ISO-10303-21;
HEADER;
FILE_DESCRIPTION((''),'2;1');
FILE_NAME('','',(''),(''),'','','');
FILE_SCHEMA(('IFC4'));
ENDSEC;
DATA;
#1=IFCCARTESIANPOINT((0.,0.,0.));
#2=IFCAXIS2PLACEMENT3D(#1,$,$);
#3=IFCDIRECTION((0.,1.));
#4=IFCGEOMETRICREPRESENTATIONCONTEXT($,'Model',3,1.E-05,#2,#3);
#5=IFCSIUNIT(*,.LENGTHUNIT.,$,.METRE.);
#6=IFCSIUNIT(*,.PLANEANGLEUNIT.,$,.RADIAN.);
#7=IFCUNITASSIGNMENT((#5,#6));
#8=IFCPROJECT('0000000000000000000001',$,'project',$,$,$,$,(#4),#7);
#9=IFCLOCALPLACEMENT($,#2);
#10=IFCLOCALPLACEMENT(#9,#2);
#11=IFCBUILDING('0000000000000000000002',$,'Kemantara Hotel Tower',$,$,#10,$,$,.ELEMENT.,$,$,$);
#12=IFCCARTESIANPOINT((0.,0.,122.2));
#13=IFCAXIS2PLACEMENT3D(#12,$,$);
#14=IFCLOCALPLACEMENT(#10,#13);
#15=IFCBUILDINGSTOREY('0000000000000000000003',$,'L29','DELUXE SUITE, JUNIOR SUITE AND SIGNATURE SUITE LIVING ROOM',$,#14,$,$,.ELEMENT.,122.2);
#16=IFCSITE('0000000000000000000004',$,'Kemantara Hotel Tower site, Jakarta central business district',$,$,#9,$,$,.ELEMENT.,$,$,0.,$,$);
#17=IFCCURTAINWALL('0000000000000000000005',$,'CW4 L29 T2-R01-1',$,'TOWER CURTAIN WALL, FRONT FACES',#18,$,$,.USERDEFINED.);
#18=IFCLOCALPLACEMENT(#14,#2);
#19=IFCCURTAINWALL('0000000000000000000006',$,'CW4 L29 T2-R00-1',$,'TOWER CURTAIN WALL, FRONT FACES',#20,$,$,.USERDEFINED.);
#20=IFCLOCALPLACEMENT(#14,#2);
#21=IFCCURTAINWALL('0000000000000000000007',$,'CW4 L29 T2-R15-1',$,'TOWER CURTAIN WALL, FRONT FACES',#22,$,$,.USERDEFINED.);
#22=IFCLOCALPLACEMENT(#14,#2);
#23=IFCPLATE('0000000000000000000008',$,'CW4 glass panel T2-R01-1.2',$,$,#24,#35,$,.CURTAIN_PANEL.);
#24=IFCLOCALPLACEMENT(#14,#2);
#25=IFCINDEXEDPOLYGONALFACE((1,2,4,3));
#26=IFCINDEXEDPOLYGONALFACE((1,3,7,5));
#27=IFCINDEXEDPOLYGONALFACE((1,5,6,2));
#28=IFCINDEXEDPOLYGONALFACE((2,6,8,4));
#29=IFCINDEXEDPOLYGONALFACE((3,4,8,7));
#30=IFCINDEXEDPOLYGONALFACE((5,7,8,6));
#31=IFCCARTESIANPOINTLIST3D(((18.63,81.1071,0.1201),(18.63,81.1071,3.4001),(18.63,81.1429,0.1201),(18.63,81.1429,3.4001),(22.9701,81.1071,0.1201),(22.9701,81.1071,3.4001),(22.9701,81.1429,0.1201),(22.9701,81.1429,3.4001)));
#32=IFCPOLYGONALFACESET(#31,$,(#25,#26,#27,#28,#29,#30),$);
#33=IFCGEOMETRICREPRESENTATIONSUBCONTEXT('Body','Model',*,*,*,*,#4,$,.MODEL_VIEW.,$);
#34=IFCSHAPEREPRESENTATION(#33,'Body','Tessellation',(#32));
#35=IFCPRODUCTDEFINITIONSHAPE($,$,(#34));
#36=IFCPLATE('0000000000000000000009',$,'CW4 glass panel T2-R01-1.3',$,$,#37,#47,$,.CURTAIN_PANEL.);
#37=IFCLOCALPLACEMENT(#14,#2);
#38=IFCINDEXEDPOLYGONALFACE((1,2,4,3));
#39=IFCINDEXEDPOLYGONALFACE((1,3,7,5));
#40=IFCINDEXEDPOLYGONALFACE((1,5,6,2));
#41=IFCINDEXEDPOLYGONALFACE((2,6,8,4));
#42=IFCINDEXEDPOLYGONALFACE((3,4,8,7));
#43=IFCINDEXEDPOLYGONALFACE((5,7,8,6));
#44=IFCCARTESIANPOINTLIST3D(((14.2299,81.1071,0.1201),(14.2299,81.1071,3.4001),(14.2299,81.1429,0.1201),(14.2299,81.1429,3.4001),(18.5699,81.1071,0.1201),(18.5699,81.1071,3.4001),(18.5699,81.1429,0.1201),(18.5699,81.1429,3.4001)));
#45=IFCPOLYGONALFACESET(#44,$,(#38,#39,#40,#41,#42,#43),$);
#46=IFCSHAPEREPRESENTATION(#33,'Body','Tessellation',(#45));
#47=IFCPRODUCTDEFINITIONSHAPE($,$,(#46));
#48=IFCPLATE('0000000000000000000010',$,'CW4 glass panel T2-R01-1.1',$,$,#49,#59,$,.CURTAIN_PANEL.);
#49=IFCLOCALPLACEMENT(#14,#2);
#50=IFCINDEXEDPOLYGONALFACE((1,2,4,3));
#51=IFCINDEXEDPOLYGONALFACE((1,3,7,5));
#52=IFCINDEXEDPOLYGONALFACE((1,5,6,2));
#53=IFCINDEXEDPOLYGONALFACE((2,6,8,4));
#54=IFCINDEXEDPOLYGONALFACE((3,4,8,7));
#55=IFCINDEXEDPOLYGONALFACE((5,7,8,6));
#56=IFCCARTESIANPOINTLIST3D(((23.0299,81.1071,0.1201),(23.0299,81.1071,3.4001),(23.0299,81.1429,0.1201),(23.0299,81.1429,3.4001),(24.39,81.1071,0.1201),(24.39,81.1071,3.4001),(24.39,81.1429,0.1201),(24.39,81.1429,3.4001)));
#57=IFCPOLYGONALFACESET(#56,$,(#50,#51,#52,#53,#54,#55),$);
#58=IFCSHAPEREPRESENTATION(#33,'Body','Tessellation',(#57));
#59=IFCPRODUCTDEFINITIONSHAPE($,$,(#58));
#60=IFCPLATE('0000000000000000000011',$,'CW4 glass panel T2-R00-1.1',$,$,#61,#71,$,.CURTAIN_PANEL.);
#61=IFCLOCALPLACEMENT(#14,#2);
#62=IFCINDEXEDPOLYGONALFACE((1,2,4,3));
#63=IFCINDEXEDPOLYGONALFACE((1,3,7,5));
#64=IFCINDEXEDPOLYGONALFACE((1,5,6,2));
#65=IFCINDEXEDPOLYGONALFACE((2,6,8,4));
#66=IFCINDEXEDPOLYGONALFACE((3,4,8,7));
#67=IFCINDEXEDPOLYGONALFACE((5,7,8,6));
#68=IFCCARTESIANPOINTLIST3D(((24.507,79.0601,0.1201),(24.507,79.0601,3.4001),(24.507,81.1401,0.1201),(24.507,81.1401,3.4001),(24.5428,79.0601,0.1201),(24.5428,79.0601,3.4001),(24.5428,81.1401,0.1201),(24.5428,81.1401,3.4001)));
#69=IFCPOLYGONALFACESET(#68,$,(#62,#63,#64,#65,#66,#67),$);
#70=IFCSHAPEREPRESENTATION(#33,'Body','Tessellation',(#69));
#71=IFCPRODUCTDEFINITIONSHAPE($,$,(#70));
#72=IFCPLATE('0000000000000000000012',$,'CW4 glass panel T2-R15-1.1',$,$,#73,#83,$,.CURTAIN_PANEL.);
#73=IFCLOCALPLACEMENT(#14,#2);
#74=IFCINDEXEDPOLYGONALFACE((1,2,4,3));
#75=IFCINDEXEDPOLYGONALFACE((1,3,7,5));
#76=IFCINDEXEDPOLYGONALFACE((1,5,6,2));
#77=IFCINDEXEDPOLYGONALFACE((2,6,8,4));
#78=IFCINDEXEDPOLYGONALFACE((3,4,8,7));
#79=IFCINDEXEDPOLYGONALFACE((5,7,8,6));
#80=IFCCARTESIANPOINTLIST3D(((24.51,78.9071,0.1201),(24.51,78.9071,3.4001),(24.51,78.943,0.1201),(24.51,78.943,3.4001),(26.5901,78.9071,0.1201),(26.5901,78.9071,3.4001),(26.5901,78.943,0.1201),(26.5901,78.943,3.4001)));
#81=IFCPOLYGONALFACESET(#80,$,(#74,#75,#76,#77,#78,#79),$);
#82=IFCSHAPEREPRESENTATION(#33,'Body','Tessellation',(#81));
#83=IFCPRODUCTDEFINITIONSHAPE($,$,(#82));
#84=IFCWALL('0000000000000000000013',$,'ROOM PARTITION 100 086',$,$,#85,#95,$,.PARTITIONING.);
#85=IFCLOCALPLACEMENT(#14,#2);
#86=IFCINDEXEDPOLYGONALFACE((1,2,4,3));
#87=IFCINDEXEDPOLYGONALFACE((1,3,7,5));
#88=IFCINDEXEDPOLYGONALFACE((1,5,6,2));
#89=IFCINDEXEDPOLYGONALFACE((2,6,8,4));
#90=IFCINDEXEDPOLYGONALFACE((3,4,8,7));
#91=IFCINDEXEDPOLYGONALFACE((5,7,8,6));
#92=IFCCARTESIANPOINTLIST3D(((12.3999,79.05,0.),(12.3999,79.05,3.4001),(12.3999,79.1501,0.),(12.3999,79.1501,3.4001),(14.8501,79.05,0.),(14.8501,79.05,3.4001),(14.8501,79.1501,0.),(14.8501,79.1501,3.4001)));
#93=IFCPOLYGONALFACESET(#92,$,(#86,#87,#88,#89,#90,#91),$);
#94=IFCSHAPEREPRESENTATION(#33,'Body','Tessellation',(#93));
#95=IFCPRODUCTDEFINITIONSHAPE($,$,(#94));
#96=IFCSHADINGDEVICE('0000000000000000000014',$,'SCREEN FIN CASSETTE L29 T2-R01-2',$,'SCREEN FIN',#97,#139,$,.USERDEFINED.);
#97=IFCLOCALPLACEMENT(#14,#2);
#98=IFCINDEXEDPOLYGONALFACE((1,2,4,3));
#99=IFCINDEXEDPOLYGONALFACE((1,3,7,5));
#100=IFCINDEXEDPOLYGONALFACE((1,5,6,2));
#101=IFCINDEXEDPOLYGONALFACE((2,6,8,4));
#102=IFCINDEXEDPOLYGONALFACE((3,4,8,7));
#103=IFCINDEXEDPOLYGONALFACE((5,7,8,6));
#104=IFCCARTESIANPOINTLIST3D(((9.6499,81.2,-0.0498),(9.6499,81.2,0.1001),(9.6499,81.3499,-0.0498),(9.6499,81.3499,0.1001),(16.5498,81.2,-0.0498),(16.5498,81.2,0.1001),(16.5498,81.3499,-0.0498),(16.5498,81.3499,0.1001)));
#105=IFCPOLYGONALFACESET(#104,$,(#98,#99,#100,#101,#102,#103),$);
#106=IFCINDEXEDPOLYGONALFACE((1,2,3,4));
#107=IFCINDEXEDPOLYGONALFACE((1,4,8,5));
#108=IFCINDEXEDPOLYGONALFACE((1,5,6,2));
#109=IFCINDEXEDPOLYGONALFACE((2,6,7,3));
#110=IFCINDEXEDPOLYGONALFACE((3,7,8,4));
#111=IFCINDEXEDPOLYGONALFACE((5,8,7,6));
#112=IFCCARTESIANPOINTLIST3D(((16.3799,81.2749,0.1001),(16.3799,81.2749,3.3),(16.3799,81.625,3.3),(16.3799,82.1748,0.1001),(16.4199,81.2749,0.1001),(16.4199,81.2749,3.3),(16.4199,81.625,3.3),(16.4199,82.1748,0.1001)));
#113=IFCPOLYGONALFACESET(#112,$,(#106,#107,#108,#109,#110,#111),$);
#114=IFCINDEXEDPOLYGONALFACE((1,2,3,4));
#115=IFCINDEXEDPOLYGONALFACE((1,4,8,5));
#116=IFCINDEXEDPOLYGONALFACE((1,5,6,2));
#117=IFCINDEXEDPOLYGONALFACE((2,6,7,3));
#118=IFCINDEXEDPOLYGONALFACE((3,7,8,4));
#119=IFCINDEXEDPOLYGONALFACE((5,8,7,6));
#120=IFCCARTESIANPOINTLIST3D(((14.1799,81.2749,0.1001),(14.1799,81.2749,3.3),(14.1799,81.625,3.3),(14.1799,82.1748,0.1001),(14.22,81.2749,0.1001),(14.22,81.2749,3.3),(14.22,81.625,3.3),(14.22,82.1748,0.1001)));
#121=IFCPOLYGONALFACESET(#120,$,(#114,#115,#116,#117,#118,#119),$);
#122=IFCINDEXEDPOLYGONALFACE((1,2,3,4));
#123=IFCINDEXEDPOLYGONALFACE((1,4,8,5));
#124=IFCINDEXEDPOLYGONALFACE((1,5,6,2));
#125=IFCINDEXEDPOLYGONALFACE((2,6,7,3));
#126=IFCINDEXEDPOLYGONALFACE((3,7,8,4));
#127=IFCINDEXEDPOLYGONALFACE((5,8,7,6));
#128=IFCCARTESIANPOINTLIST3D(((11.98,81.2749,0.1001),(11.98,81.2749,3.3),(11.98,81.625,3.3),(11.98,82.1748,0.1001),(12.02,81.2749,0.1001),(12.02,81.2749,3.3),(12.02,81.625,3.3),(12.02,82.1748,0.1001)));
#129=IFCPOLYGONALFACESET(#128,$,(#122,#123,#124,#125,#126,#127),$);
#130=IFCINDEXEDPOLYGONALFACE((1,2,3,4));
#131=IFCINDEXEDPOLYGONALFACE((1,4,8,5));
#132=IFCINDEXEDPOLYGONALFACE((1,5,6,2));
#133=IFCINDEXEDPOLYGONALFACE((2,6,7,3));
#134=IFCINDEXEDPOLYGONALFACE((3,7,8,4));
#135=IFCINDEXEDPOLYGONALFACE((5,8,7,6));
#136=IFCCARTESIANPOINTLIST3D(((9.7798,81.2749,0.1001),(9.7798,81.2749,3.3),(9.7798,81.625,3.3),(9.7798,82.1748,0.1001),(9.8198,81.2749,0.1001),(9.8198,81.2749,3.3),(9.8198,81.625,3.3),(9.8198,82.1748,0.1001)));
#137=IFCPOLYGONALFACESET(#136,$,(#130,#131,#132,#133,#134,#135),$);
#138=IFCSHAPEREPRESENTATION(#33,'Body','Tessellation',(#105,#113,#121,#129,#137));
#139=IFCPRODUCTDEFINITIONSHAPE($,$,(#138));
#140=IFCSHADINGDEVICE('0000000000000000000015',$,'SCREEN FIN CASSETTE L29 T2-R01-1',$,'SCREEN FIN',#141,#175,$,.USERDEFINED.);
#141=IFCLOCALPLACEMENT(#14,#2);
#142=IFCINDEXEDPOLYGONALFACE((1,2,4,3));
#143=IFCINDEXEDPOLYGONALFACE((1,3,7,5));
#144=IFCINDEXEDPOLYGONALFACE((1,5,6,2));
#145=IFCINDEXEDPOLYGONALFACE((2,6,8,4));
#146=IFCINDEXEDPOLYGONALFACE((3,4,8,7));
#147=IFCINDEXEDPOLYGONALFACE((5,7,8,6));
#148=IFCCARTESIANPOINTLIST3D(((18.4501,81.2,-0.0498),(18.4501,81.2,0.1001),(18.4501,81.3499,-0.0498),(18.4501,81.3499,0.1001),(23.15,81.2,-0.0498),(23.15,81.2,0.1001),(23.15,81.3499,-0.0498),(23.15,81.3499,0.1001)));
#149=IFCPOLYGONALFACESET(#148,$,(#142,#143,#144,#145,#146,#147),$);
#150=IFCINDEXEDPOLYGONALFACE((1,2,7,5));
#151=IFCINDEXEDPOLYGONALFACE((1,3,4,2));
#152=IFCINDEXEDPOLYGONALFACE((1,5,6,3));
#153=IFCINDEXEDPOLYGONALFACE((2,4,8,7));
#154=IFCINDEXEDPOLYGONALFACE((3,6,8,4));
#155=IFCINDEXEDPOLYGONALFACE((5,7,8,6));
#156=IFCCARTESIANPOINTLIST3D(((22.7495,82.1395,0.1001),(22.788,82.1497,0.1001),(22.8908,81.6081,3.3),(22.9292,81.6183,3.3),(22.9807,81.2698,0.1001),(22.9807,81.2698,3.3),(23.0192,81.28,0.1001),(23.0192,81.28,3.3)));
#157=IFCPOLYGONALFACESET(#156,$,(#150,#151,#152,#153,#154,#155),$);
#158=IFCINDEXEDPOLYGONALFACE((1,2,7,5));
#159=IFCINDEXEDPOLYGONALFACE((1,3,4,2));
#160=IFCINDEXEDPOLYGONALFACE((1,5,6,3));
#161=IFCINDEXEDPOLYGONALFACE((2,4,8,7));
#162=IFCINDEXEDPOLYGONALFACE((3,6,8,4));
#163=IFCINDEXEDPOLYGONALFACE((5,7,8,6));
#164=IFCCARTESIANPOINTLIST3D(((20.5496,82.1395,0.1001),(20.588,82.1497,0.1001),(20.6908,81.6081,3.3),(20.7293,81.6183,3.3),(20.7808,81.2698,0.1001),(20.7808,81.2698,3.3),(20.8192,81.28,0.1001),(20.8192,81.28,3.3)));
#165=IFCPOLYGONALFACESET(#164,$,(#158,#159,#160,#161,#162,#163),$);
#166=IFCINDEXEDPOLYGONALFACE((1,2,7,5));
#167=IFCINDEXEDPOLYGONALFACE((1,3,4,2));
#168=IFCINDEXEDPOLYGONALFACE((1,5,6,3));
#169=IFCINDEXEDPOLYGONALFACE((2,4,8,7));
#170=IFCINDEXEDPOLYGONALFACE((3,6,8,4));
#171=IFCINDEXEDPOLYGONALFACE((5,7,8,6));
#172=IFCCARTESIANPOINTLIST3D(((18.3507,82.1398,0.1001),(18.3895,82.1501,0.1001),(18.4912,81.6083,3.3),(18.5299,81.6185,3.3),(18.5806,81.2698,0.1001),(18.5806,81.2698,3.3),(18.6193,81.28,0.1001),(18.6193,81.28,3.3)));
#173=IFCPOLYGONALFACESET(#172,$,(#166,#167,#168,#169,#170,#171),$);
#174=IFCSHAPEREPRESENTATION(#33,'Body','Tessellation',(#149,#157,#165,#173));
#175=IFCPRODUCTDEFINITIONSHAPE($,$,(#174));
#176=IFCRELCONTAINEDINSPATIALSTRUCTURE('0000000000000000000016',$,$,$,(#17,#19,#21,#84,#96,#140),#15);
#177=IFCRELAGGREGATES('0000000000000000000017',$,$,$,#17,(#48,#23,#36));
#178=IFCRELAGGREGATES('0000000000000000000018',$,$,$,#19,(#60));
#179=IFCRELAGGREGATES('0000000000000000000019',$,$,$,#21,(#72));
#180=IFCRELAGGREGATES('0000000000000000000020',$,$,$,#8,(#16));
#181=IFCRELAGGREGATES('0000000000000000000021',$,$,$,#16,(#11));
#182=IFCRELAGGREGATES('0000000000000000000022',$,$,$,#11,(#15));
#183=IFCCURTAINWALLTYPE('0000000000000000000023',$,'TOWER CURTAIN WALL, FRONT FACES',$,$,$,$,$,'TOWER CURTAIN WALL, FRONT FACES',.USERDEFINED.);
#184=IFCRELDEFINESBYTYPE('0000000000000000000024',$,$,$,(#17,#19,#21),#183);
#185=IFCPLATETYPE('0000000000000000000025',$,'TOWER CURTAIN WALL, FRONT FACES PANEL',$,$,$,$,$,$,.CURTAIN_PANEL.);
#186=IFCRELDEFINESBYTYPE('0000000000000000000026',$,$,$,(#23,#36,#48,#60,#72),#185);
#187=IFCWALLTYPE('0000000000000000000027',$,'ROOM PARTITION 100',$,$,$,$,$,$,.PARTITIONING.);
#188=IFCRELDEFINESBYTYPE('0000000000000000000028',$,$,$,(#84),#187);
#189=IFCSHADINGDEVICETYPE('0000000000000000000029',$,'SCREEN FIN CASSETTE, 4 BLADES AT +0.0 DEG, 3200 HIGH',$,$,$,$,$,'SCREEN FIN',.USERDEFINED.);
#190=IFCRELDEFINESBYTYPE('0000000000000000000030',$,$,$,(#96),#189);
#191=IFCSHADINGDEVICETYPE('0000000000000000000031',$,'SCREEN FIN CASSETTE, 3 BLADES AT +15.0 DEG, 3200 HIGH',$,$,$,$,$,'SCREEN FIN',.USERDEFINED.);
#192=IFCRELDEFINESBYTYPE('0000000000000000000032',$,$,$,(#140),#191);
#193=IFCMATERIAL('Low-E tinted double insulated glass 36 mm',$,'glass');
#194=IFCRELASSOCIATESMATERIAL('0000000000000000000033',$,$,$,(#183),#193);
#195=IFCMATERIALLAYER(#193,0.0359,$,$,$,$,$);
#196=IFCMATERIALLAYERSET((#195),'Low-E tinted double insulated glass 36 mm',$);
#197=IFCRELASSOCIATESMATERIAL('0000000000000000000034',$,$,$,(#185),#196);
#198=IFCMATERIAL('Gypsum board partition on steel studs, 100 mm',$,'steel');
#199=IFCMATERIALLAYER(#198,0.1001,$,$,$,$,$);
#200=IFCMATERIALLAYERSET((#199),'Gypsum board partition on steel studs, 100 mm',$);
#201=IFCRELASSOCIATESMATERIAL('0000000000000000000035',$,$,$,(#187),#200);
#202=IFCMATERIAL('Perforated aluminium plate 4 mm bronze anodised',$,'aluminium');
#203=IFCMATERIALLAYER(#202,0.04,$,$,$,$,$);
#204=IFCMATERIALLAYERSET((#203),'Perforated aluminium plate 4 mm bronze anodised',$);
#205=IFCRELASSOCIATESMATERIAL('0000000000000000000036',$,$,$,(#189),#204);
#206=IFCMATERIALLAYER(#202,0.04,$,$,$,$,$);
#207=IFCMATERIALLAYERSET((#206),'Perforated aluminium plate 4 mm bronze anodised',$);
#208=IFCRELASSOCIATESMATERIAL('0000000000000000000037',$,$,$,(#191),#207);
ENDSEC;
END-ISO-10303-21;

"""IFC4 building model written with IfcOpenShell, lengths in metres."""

from ifc_helpers import new_model, si_unit, direction, frame, frame_2d, origin, origin_2d, place, context, subcontext, project, spatial, polyline, rectangle, outline, extrude, source, transform, mapped, material, layer, layer_set, type_object, element, aggregate, save


model = new_model("IFC4")

# Units and contexts
model_context = context("Model", 3, precision=1e-05, world=origin(), true_north=direction((0.0, 1.0)))
body_context = subcontext(model_context, "Body", "Model", "MODEL_VIEW")
ifc_project = project(units=[si_unit("LENGTHUNIT", "METRE"), si_unit("PLANEANGLEUNIT", "RADIAN")], contexts=[model_context])

# Site, building, storey
site_placement = place(None, origin())
site = spatial("IfcSite", under=ifc_project, at=site_placement, Name="Kemantara Hotel Tower site, Jakarta central business district", CompositionType="ELEMENT", RefElevation=0.0)
building_placement = place(site_placement, origin())
building = spatial("IfcBuilding", under=site, at=building_placement, Name="Kemantara Hotel Tower", CompositionType="ELEMENT")
storey_placement = place(building_placement, frame((0.0, 0.0, 122.2)))
storey = spatial("IfcBuildingStorey", under=building, at=storey_placement, Name="L29", Description="DELUXE SUITE, JUNIOR SUITE AND SIGNATURE SUITE LIVING ROOM", CompositionType="ELEMENT", Elevation=122.2)

# Curtain walls
ifc_material_1 = material(Name="Low-E tinted double insulated glass 36 mm", Category="glass")
curtain_wall_type = type_object("IfcCurtainWallType", Name="TOWER CURTAIN WALL, FRONT FACES", ElementType="TOWER CURTAIN WALL, FRONT FACES", PredefinedType="USERDEFINED", material=ifc_material_1)
curtain_wall_1_placement = place(storey_placement, origin())
curtain_wall_1 = element("IfcCurtainWall", 1, at=curtain_wall_1_placement, inside=storey, type_object=curtain_wall_type, Name="CW4 L29 T2-R01-1", ObjectType="TOWER CURTAIN WALL, FRONT FACES", PredefinedType="USERDEFINED")
curtain_wall_2_placement = place(storey_placement, origin())
curtain_wall_2 = element("IfcCurtainWall", 2, at=curtain_wall_2_placement, inside=storey, type_object=curtain_wall_type, Name="CW4 L29 T2-R00-1", ObjectType="TOWER CURTAIN WALL, FRONT FACES", PredefinedType="USERDEFINED")
curtain_wall_3_placement = place(storey_placement, origin())
curtain_wall_3 = element("IfcCurtainWall", 3, at=curtain_wall_3_placement, inside=storey, type_object=curtain_wall_type, Name="CW4 L29 T2-R15-1", ObjectType="TOWER CURTAIN WALL, FRONT FACES", PredefinedType="USERDEFINED")

# Plates
ifc_layer_1 = layer(ifc_material_1, 0.0359)
ifc_layer_set_1 = layer_set([ifc_layer_1], Name="Low-E tinted double insulated glass 36 mm")
plate_type = type_object("IfcPlateType", Name="TOWER CURTAIN WALL, FRONT FACES PANEL", PredefinedType="CURTAIN_PANEL", material=ifc_layer_set_1)
shared_shape_1 = source(origin(), body_context, "Body", "SweptSolid", [
    extrude(rectangle(XDim=4.3401, YDim=0.0359, at=origin_2d()), origin(), (0.0, 0.0, 1.0), 3.28),
])
plate_1_placement = place(storey_placement, frame((20.8, 81.125, 0.1201), z_axis=(0.0, 0.0, 1.0), x_axis=(-1.0, 0.0, 0.0)))
plate_1 = element("IfcPlate", 4, at=plate_1_placement, type_object=plate_type, Name="CW4 glass panel T2-R01-1.2", PredefinedType="CURTAIN_PANEL", context=body_context, shape_type="MappedRepresentation", body=[
    mapped(shared_shape_1, transform((0.0, 0.0, 0.0))),
])
plate_2_placement = place(storey_placement, frame((16.3999, 81.125, 0.1201), z_axis=(0.0, 0.0, 1.0), x_axis=(-1.0, 0.0, 0.0)))
plate_2 = element("IfcPlate", 5, at=plate_2_placement, type_object=plate_type, Name="CW4 glass panel T2-R01-1.3", PredefinedType="CURTAIN_PANEL", context=body_context, shape_type="MappedRepresentation", body=[
    mapped(shared_shape_1, transform((0.0, 0.0, 0.0))),
])
shared_shape_2 = source(origin(), body_context, "Body", "SweptSolid", [
    extrude(rectangle(XDim=1.3601, YDim=0.0359, at=origin_2d()), origin(), (0.0, 0.0, 1.0), 3.28),
])
plate_3_placement = place(storey_placement, frame((23.71, 81.125, 0.1201), z_axis=(0.0, 0.0, 1.0), x_axis=(-1.0, 0.0, 0.0)))
plate_3 = element("IfcPlate", 6, at=plate_3_placement, type_object=plate_type, Name="CW4 glass panel T2-R01-1.1", PredefinedType="CURTAIN_PANEL", context=body_context, shape_type="MappedRepresentation", body=[
    mapped(shared_shape_2, transform((0.0, 0.0, 0.0))),
])
aggregate(curtain_wall_1, [plate_3, plate_1, plate_2])
shared_shape_3 = source(origin(), body_context, "Body", "SweptSolid", [
    extrude(rectangle(XDim=2.0801, YDim=0.0359, at=origin_2d()), origin(), (0.0, 0.0, 1.0), 3.28),
])
plate_4_placement = place(storey_placement, frame((24.5249, 80.1001, 0.1201), z_axis=(0.0, 0.0, 1.0), x_axis=(0.0, 1.0, 0.0)))
plate_4 = element("IfcPlate", 7, at=plate_4_placement, type_object=plate_type, Name="CW4 glass panel T2-R00-1.1", PredefinedType="CURTAIN_PANEL", context=body_context, shape_type="MappedRepresentation", body=[
    mapped(shared_shape_3, transform((0.0, 0.0, 0.0))),
])
aggregate(curtain_wall_2, [plate_4])
plate_5_placement = place(storey_placement, frame((25.55, 78.925, 0.1201), z_axis=(0.0, 0.0, 1.0), x_axis=(-1.0, 0.0, 0.0)))
plate_5 = element("IfcPlate", 8, at=plate_5_placement, type_object=plate_type, Name="CW4 glass panel T2-R15-1.1", PredefinedType="CURTAIN_PANEL", context=body_context, shape_type="MappedRepresentation", body=[
    mapped(shared_shape_3, transform((0.0, 0.0, 0.0))),
])
aggregate(curtain_wall_3, [plate_5])

# Wall
ifc_material_2 = material(Name="Gypsum board partition on steel studs, 100 mm", Category="steel")
ifc_layer_2 = layer(ifc_material_2, 0.1001)
ifc_layer_set_2 = layer_set([ifc_layer_2], Name="Gypsum board partition on steel studs, 100 mm")
wall_type = type_object("IfcWallType", Name="ROOM PARTITION 100", PredefinedType="PARTITIONING", material=ifc_layer_set_2)
wall_placement = place(storey_placement, frame((12.3999, 79.1001, 0.0), z_axis=(0.0, 0.0, 1.0), x_axis=(1.0, 0.0, 0.0)))
element("IfcWall", 9, at=wall_placement, inside=storey, type_object=wall_type, Name="ROOM PARTITION 100 086", PredefinedType="PARTITIONING", context=body_context, shape_type="SweptSolid", body=[
    extrude(rectangle(XDim=2.4502, YDim=0.1001, at=frame_2d((1.2251, 0.0))), origin(), (0.0, 0.0, 1.0), 3.4001),
])

# Shading devices
ifc_material_3 = material(Name="Perforated aluminium plate 4 mm bronze anodised", Category="aluminium")
ifc_layer_3 = layer(ifc_material_3, 0.04)
ifc_layer_set_3 = layer_set([ifc_layer_3], Name="Perforated aluminium plate 4 mm bronze anodised")
shading_device_type_1 = type_object("IfcShadingDeviceType", Name="SCREEN FIN CASSETTE, 4 BLADES AT +0.0 DEG, 3200 HIGH", ElementType="SCREEN FIN", PredefinedType="USERDEFINED", material=ifc_layer_set_3)
shared_shape_4 = source(origin(), body_context, "Body", "SweptSolid", [
    extrude(rectangle(XDim=6.8999, YDim=0.1499, at=origin_2d()), frame((3.3, -0.075, -0.1499), z_axis=(0.0, 0.0, 1.0), x_axis=(1.0, 0.0, 0.0)), (0.0, 0.0, 1.0), 0.1499),
    extrude(outline(polyline([(0.0, 0.0), (0.8999, 0.0), (0.3501, 3.2), (0.0, 3.2), (0.0, 0.0)])), frame((0.02, -0.075, 0.0), z_axis=(-1.0, 0.0, 0.0), x_axis=(0.0, -1.0, 0.0)), (0.0, 0.0, 1.0), 0.04),
    extrude(outline(polyline([(0.0, 0.0), (0.8999, 0.0), (0.3501, 3.2), (0.0, 3.2), (0.0, 0.0)])), frame((2.22, -0.075, 0.0), z_axis=(-1.0, 0.0, 0.0), x_axis=(0.0, -1.0, 0.0)), (0.0, 0.0, 1.0), 0.04),
    extrude(outline(polyline([(0.0, 0.0), (0.8999, 0.0), (0.3501, 3.2), (0.0, 3.2), (0.0, 0.0)])), frame((4.4199, -0.075, 0.0), z_axis=(-1.0, 0.0, 0.0), x_axis=(0.0, -1.0, 0.0)), (0.0, 0.0, 1.0), 0.04),
    extrude(outline(polyline([(0.0, 0.0), (0.8999, 0.0), (0.3501, 3.2), (0.0, 3.2), (0.0, 0.0)])), frame((6.6201, -0.075, 0.0), z_axis=(-1.0, 0.0, 0.0), x_axis=(0.0, -1.0, 0.0)), (0.0, 0.0, 1.0), 0.04),
])
shading_device_1_placement = place(storey_placement, frame((16.3999, 81.2, 0.1001), z_axis=(0.0, 0.0, 1.0), x_axis=(-1.0, 0.0, 0.0)))
element("IfcShadingDevice", 10, at=shading_device_1_placement, inside=storey, type_object=shading_device_type_1, Name="SCREEN FIN CASSETTE L29 T2-R01-2", ObjectType="SCREEN FIN", PredefinedType="USERDEFINED", context=body_context, shape_type="MappedRepresentation", body=[
    mapped(shared_shape_4, transform((0.0, 0.0, 0.0))),
])
ifc_layer_4 = layer(ifc_material_3, 0.04)
ifc_layer_set_4 = layer_set([ifc_layer_4], Name="Perforated aluminium plate 4 mm bronze anodised")
shading_device_type_2 = type_object("IfcShadingDeviceType", Name="SCREEN FIN CASSETTE, 3 BLADES AT +15.0 DEG, 3200 HIGH", ElementType="SCREEN FIN", PredefinedType="USERDEFINED", material=ifc_layer_set_4)
shared_shape_5 = source(origin(), body_context, "Body", "SweptSolid", [
    extrude(rectangle(XDim=4.7, YDim=0.1499, at=origin_2d()), frame((2.2, -0.075, -0.1499), z_axis=(0.0, 0.0, 1.0), x_axis=(1.0, 0.0, 0.0)), (0.0, 0.0, 1.0), 0.1499),
    extrude(outline(polyline([(0.0, 0.0), (0.8999, 0.0), (0.3501, 3.2), (0.0, 3.2), (0.0, 0.0)])), frame((0.0193, -0.0698, 0.0), z_axis=(-0.966438, -0.256901, 0.0), x_axis=(0.256901, -0.966438, 0.0)), (0.0, 0.0, 1.0), 0.0398),
    extrude(outline(polyline([(0.0, 0.0), (0.8999, 0.0), (0.3501, 3.2), (0.0, 3.2), (0.0, 0.0)])), frame((2.2192, -0.0698, 0.0), z_axis=(-0.966438, -0.256901, 0.0), x_axis=(0.256901, -0.966438, 0.0)), (0.0, 0.0, 1.0), 0.0398),
    extrude(outline(polyline([(0.0, 0.0), (0.8999, 0.0), (0.3501, 3.2), (0.0, 3.2), (0.0, 0.0)])), frame((4.4194, -0.0698, 0.0), z_axis=(-0.966838, -0.255391, 0.0), x_axis=(0.255391, -0.966838, 0.0)), (0.0, 0.0, 1.0), 0.04),
])
shading_device_2_placement = place(storey_placement, frame((23.0, 81.2, 0.1001), z_axis=(0.0, 0.0, 1.0), x_axis=(-1.0, 0.0, 0.0)))
element("IfcShadingDevice", 11, at=shading_device_2_placement, inside=storey, type_object=shading_device_type_2, Name="SCREEN FIN CASSETTE L29 T2-R01-1", ObjectType="SCREEN FIN", PredefinedType="USERDEFINED", context=body_context, shape_type="MappedRepresentation", body=[
    mapped(shared_shape_5, transform((0.0, 0.0, 0.0))),
])

save(model, "model.ifc")
